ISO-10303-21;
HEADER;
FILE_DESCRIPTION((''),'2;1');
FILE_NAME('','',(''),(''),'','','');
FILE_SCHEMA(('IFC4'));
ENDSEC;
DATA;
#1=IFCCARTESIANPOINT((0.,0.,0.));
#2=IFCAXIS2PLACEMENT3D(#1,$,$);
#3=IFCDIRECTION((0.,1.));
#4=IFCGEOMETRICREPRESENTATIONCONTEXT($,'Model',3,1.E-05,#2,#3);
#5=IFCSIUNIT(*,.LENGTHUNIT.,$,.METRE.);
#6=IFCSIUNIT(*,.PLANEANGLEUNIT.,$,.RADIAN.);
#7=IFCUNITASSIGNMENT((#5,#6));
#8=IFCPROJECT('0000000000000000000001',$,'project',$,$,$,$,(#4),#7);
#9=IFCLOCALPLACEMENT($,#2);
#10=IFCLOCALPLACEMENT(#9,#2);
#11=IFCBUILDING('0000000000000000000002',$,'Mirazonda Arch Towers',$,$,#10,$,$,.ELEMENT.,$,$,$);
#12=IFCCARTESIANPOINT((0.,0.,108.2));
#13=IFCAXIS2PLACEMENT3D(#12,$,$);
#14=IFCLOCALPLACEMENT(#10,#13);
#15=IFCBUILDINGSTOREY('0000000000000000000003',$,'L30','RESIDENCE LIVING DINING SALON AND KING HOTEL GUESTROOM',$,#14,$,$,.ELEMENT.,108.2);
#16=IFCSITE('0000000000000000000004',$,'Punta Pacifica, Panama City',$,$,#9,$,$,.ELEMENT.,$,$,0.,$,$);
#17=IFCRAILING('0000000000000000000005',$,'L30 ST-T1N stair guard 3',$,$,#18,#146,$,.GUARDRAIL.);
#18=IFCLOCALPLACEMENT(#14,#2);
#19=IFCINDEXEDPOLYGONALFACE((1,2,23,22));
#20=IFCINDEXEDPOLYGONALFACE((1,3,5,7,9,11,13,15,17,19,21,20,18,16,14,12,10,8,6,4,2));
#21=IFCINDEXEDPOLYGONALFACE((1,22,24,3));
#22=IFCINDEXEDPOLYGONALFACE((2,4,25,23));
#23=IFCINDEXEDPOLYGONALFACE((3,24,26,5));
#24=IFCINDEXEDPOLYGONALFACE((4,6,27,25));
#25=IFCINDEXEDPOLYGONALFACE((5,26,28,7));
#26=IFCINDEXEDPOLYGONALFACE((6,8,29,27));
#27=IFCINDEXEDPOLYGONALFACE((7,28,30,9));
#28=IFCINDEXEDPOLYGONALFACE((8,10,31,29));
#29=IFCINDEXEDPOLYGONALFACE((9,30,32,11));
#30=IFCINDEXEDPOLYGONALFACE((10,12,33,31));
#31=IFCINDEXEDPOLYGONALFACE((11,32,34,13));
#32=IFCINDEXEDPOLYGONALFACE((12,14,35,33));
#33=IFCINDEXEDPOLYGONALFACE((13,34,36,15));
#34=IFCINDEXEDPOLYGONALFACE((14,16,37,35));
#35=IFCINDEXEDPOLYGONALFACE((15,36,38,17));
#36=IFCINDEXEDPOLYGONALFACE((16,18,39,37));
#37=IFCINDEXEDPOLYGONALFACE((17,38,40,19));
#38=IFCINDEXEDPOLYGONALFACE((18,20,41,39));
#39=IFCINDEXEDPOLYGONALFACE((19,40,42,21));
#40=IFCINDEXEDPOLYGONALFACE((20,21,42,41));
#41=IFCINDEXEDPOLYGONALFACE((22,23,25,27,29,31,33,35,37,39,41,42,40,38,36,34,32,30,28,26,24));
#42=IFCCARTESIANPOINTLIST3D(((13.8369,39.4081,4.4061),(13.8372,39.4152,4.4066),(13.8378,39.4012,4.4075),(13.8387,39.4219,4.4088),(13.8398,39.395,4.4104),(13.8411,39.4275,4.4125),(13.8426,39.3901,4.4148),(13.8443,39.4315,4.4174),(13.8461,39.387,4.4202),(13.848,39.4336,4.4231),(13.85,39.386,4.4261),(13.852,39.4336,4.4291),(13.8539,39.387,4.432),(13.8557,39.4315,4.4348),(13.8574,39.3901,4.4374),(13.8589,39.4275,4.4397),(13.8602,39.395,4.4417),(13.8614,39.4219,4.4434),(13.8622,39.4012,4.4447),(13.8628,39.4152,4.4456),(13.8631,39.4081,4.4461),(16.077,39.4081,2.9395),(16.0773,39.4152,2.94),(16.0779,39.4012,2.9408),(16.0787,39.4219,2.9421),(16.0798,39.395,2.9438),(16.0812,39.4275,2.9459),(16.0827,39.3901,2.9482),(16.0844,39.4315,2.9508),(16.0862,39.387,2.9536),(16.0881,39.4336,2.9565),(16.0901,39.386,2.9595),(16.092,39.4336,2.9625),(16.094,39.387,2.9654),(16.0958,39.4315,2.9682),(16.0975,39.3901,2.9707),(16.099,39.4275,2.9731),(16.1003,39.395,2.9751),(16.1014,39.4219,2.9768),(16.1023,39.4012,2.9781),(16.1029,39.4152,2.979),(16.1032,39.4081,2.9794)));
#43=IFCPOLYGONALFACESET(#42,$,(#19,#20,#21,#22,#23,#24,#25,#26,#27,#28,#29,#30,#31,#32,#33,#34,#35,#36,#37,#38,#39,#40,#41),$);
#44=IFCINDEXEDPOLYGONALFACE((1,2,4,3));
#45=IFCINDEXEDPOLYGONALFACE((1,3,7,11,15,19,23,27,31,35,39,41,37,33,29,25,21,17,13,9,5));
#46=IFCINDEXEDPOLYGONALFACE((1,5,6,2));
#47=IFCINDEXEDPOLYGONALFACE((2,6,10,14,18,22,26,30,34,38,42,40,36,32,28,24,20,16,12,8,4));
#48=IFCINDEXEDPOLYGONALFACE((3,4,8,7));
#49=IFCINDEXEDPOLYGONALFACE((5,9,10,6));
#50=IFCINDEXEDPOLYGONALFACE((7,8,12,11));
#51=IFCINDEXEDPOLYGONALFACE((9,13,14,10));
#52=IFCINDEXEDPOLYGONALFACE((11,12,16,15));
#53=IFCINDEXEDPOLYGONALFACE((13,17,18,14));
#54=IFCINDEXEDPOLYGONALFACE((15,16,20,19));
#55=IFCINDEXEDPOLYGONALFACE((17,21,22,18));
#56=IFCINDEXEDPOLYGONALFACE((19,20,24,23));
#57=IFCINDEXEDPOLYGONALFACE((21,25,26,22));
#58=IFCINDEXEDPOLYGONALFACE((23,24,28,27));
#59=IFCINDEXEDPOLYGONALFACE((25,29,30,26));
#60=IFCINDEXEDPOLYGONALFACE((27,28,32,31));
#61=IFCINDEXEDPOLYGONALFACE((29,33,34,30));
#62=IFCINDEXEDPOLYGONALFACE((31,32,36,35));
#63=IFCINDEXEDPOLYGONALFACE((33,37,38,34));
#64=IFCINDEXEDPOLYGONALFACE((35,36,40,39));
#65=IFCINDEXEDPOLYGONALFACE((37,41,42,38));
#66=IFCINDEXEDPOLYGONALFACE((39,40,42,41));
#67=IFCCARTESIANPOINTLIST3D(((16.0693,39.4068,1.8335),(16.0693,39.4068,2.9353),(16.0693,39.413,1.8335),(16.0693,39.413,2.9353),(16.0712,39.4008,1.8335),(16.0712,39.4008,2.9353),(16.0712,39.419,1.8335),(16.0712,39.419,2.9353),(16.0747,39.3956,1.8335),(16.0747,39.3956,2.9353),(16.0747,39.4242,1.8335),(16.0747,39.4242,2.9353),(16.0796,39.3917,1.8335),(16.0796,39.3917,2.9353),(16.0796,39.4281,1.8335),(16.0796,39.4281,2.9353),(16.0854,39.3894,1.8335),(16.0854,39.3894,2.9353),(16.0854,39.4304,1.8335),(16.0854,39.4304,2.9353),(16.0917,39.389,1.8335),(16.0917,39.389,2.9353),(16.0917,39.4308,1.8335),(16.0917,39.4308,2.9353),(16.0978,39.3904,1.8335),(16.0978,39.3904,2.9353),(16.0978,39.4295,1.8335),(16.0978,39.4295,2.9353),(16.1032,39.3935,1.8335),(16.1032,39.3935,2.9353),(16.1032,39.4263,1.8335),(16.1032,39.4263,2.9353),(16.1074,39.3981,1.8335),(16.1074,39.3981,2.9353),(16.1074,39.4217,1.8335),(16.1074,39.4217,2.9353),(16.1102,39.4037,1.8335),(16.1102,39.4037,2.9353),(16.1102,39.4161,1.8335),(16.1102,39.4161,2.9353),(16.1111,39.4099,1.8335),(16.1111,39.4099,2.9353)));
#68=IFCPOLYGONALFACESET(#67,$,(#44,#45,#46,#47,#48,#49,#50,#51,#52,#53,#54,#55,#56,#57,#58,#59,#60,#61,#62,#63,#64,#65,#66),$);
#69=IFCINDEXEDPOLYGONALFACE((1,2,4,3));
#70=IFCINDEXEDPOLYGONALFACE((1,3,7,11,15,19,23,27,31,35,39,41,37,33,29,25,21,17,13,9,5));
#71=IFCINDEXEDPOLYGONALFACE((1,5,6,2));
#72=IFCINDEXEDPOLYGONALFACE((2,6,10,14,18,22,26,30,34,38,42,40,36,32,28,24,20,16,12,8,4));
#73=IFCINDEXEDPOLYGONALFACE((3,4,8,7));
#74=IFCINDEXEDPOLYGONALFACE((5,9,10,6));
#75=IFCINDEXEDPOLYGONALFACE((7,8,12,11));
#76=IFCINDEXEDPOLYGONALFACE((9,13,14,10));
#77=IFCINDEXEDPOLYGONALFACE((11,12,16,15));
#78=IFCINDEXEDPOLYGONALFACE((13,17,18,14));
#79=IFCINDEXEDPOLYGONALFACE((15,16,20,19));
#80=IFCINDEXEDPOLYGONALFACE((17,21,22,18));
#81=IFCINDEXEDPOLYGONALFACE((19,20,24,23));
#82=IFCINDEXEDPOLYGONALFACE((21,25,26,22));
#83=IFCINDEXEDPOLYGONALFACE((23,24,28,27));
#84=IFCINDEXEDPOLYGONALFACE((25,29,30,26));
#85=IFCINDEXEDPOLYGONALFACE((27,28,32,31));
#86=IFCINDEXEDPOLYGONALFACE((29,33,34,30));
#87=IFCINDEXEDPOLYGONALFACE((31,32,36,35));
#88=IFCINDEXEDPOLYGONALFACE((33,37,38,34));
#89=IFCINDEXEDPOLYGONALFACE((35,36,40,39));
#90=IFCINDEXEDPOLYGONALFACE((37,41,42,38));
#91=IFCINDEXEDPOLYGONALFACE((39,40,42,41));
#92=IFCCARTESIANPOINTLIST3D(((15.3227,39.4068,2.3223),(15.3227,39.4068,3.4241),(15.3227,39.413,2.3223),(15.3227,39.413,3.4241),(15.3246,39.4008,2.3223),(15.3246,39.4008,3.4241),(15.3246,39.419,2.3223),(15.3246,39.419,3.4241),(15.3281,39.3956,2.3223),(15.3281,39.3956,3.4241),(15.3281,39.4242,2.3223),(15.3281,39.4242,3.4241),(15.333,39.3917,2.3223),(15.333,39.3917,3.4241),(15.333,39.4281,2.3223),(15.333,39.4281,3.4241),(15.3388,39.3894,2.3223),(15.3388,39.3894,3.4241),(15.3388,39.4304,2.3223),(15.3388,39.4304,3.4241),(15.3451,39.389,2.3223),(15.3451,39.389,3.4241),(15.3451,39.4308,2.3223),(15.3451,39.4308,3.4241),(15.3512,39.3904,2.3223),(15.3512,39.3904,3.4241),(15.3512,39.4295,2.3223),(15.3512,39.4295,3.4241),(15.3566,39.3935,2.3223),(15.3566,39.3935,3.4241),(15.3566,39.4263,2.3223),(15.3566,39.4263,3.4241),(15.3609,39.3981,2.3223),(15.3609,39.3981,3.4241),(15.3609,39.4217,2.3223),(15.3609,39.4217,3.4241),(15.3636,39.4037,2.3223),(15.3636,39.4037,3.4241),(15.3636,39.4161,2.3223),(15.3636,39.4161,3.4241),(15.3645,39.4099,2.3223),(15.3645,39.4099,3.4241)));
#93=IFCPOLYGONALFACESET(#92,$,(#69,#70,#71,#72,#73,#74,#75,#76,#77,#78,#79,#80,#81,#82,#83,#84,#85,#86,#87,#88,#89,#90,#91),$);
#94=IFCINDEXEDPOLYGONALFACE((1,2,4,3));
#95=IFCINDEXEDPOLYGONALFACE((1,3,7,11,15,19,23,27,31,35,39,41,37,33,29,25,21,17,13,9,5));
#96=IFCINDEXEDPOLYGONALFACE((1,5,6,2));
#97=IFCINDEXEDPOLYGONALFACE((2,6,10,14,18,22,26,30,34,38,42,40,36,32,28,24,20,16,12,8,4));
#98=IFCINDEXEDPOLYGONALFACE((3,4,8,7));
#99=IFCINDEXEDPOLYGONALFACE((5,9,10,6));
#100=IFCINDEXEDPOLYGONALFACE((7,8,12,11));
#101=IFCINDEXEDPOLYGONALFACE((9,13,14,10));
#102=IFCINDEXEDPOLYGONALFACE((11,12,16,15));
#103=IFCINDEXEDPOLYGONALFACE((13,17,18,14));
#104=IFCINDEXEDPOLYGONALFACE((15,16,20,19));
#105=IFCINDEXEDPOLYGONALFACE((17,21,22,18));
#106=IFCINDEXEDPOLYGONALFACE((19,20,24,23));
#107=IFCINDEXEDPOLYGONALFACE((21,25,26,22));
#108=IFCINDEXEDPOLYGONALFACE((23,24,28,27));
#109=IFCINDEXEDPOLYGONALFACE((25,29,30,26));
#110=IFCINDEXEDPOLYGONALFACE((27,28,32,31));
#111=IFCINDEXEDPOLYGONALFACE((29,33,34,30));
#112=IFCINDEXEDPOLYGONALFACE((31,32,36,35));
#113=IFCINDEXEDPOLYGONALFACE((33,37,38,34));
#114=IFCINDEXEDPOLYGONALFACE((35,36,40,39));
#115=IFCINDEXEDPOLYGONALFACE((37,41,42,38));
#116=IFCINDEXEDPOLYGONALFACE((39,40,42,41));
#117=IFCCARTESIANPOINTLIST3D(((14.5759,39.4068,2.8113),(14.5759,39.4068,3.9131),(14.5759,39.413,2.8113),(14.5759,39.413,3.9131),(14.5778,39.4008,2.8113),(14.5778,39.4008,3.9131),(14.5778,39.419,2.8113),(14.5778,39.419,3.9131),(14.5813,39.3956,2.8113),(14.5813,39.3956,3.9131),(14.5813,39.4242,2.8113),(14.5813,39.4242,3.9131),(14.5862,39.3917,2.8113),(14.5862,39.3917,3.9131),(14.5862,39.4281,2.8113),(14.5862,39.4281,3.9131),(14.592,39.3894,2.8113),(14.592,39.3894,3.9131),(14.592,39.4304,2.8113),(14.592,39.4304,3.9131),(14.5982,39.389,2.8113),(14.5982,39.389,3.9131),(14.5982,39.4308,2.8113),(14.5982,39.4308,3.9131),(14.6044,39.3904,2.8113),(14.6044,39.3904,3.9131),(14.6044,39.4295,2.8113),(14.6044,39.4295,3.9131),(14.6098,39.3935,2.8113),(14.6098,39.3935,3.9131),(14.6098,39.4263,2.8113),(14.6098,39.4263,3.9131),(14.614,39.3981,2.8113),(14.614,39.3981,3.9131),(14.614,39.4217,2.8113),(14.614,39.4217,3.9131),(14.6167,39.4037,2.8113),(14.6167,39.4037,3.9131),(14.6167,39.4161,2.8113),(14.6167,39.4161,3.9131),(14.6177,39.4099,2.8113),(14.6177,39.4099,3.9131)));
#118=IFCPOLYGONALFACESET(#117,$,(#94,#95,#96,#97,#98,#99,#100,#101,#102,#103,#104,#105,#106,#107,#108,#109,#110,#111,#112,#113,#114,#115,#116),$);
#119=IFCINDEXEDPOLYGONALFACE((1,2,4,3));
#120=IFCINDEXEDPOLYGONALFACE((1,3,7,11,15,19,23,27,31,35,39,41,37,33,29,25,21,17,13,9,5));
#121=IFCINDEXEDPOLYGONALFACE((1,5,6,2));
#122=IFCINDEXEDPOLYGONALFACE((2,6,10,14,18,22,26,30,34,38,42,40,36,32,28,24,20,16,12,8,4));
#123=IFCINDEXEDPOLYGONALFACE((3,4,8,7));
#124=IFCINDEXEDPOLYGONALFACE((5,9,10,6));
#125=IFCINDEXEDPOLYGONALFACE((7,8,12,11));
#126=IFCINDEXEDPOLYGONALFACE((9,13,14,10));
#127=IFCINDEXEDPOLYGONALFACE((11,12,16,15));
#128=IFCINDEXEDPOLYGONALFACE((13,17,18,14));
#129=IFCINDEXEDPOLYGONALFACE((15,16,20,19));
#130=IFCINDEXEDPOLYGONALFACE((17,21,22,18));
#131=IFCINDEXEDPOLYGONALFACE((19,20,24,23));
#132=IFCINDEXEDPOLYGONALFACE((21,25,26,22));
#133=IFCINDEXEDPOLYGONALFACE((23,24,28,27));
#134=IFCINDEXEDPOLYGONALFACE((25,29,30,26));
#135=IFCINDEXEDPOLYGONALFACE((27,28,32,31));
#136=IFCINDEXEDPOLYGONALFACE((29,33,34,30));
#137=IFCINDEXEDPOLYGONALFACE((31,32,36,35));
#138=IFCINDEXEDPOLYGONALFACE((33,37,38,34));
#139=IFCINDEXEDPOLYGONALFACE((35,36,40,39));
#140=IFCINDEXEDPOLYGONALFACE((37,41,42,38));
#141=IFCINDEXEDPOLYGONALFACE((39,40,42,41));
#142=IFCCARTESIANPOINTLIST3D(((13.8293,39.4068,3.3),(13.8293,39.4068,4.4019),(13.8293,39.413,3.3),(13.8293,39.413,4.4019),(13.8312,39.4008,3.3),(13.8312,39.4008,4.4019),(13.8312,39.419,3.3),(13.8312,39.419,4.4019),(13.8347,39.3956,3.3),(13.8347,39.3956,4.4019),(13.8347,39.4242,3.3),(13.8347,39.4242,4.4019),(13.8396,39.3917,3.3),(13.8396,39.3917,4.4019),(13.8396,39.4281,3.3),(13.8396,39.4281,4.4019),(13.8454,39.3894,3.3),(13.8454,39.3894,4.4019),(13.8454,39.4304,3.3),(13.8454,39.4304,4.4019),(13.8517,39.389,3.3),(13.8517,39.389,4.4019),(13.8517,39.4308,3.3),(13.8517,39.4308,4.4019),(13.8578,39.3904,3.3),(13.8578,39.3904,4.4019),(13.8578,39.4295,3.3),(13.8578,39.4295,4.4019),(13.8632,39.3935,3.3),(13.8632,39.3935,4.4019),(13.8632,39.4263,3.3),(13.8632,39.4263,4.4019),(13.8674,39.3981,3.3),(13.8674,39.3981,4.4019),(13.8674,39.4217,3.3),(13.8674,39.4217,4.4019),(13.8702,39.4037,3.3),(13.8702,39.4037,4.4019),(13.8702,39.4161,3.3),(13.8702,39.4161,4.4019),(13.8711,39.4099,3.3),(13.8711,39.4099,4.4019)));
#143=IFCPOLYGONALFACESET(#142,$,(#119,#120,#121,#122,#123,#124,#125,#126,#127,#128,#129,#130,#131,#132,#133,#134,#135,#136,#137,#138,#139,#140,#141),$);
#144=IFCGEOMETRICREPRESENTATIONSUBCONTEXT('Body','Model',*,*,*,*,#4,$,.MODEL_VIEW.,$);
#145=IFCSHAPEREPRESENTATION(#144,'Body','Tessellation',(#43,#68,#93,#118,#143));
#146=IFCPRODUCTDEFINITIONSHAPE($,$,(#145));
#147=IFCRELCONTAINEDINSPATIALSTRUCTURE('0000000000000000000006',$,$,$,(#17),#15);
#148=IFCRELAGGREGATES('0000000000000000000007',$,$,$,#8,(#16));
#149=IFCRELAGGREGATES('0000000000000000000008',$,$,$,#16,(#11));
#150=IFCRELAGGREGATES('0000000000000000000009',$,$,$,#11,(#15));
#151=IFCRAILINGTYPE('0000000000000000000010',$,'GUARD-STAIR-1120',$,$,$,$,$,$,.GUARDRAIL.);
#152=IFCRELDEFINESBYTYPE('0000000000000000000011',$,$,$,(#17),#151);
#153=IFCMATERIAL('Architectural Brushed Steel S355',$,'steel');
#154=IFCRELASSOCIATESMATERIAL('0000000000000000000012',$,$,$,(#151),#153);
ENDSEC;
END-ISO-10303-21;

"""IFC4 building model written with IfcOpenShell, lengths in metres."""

from ifc_helpers import new_model, si_unit, direction, frame, origin, origin_2d, place, context, subcontext, project, spatial, circle, extrude, material, type_object, element, save


model = new_model("IFC4")

# Units and contexts
model_context = context("Model", 3, precision=1e-05, world=origin(), true_north=direction((0.0, 1.0)))
body_context = subcontext(model_context, "Body", "Model", "MODEL_VIEW")
ifc_project = project(units=[si_unit("LENGTHUNIT", "METRE"), si_unit("PLANEANGLEUNIT", "RADIAN")], contexts=[model_context])

# Site, building, storey
site_placement = place(None, origin())
site = spatial("IfcSite", under=ifc_project, at=site_placement, Name="Punta Pacifica, Panama City", CompositionType="ELEMENT", RefElevation=0.0)
building_placement = place(site_placement, origin())
building = spatial("IfcBuilding", under=site, at=building_placement, Name="Mirazonda Arch Towers", CompositionType="ELEMENT")
storey_placement = place(building_placement, frame((0.0, 0.0, 108.2)))
storey = spatial("IfcBuildingStorey", under=building, at=storey_placement, Name="L30", Description="RESIDENCE LIVING DINING SALON AND KING HOTEL GUESTROOM", CompositionType="ELEMENT", Elevation=108.2)

# Shared definitions
ifc_material_1 = material(Name="Architectural Brushed Steel S355", Category="steel")

# Railing
railing_type_1 = type_object("IfcRailingType", Name="GUARD-STAIR-1120", PredefinedType="GUARDRAIL", material=ifc_material_1)
railing_1_placement = place(storey_placement, frame((16.0901, 39.4099, 1.8335)))
element("IfcRailing", 1, at=railing_1_placement, inside=storey, type_object=railing_type_1, Name="L30 ST-T1N stair guard 3", PredefinedType="GUARDRAIL", context=body_context, shape_type="SweptSolid", body=[
    extrude(circle(Radius=0.0239, at=origin_2d()), frame((0.0, 0.0, 1.126), z_axis=(-0.836637, 0.0, 0.547758), x_axis=(0.0, -1.0, 0.0)), (0.0, 0.0, 1.0), 2.6775),
    extrude(circle(Radius=0.021, at=origin_2d()), origin(), (0.0, 0.0, 1.0), 1.1018),
    extrude(circle(Radius=0.021, at=origin_2d()), frame((-0.7466, 0.0, 0.4888)), (0.0, 0.0, 1.0), 1.1018),
    extrude(circle(Radius=0.021, at=origin_2d()), frame((-1.4934, 0.0, 0.9778)), (0.0, 0.0, 1.0), 1.1018),
    extrude(circle(Radius=0.021, at=origin_2d()), frame((-2.24, 0.0, 1.4666)), (0.0, 0.0, 1.0), 1.1018),
])

save(model, "model.ifc")
